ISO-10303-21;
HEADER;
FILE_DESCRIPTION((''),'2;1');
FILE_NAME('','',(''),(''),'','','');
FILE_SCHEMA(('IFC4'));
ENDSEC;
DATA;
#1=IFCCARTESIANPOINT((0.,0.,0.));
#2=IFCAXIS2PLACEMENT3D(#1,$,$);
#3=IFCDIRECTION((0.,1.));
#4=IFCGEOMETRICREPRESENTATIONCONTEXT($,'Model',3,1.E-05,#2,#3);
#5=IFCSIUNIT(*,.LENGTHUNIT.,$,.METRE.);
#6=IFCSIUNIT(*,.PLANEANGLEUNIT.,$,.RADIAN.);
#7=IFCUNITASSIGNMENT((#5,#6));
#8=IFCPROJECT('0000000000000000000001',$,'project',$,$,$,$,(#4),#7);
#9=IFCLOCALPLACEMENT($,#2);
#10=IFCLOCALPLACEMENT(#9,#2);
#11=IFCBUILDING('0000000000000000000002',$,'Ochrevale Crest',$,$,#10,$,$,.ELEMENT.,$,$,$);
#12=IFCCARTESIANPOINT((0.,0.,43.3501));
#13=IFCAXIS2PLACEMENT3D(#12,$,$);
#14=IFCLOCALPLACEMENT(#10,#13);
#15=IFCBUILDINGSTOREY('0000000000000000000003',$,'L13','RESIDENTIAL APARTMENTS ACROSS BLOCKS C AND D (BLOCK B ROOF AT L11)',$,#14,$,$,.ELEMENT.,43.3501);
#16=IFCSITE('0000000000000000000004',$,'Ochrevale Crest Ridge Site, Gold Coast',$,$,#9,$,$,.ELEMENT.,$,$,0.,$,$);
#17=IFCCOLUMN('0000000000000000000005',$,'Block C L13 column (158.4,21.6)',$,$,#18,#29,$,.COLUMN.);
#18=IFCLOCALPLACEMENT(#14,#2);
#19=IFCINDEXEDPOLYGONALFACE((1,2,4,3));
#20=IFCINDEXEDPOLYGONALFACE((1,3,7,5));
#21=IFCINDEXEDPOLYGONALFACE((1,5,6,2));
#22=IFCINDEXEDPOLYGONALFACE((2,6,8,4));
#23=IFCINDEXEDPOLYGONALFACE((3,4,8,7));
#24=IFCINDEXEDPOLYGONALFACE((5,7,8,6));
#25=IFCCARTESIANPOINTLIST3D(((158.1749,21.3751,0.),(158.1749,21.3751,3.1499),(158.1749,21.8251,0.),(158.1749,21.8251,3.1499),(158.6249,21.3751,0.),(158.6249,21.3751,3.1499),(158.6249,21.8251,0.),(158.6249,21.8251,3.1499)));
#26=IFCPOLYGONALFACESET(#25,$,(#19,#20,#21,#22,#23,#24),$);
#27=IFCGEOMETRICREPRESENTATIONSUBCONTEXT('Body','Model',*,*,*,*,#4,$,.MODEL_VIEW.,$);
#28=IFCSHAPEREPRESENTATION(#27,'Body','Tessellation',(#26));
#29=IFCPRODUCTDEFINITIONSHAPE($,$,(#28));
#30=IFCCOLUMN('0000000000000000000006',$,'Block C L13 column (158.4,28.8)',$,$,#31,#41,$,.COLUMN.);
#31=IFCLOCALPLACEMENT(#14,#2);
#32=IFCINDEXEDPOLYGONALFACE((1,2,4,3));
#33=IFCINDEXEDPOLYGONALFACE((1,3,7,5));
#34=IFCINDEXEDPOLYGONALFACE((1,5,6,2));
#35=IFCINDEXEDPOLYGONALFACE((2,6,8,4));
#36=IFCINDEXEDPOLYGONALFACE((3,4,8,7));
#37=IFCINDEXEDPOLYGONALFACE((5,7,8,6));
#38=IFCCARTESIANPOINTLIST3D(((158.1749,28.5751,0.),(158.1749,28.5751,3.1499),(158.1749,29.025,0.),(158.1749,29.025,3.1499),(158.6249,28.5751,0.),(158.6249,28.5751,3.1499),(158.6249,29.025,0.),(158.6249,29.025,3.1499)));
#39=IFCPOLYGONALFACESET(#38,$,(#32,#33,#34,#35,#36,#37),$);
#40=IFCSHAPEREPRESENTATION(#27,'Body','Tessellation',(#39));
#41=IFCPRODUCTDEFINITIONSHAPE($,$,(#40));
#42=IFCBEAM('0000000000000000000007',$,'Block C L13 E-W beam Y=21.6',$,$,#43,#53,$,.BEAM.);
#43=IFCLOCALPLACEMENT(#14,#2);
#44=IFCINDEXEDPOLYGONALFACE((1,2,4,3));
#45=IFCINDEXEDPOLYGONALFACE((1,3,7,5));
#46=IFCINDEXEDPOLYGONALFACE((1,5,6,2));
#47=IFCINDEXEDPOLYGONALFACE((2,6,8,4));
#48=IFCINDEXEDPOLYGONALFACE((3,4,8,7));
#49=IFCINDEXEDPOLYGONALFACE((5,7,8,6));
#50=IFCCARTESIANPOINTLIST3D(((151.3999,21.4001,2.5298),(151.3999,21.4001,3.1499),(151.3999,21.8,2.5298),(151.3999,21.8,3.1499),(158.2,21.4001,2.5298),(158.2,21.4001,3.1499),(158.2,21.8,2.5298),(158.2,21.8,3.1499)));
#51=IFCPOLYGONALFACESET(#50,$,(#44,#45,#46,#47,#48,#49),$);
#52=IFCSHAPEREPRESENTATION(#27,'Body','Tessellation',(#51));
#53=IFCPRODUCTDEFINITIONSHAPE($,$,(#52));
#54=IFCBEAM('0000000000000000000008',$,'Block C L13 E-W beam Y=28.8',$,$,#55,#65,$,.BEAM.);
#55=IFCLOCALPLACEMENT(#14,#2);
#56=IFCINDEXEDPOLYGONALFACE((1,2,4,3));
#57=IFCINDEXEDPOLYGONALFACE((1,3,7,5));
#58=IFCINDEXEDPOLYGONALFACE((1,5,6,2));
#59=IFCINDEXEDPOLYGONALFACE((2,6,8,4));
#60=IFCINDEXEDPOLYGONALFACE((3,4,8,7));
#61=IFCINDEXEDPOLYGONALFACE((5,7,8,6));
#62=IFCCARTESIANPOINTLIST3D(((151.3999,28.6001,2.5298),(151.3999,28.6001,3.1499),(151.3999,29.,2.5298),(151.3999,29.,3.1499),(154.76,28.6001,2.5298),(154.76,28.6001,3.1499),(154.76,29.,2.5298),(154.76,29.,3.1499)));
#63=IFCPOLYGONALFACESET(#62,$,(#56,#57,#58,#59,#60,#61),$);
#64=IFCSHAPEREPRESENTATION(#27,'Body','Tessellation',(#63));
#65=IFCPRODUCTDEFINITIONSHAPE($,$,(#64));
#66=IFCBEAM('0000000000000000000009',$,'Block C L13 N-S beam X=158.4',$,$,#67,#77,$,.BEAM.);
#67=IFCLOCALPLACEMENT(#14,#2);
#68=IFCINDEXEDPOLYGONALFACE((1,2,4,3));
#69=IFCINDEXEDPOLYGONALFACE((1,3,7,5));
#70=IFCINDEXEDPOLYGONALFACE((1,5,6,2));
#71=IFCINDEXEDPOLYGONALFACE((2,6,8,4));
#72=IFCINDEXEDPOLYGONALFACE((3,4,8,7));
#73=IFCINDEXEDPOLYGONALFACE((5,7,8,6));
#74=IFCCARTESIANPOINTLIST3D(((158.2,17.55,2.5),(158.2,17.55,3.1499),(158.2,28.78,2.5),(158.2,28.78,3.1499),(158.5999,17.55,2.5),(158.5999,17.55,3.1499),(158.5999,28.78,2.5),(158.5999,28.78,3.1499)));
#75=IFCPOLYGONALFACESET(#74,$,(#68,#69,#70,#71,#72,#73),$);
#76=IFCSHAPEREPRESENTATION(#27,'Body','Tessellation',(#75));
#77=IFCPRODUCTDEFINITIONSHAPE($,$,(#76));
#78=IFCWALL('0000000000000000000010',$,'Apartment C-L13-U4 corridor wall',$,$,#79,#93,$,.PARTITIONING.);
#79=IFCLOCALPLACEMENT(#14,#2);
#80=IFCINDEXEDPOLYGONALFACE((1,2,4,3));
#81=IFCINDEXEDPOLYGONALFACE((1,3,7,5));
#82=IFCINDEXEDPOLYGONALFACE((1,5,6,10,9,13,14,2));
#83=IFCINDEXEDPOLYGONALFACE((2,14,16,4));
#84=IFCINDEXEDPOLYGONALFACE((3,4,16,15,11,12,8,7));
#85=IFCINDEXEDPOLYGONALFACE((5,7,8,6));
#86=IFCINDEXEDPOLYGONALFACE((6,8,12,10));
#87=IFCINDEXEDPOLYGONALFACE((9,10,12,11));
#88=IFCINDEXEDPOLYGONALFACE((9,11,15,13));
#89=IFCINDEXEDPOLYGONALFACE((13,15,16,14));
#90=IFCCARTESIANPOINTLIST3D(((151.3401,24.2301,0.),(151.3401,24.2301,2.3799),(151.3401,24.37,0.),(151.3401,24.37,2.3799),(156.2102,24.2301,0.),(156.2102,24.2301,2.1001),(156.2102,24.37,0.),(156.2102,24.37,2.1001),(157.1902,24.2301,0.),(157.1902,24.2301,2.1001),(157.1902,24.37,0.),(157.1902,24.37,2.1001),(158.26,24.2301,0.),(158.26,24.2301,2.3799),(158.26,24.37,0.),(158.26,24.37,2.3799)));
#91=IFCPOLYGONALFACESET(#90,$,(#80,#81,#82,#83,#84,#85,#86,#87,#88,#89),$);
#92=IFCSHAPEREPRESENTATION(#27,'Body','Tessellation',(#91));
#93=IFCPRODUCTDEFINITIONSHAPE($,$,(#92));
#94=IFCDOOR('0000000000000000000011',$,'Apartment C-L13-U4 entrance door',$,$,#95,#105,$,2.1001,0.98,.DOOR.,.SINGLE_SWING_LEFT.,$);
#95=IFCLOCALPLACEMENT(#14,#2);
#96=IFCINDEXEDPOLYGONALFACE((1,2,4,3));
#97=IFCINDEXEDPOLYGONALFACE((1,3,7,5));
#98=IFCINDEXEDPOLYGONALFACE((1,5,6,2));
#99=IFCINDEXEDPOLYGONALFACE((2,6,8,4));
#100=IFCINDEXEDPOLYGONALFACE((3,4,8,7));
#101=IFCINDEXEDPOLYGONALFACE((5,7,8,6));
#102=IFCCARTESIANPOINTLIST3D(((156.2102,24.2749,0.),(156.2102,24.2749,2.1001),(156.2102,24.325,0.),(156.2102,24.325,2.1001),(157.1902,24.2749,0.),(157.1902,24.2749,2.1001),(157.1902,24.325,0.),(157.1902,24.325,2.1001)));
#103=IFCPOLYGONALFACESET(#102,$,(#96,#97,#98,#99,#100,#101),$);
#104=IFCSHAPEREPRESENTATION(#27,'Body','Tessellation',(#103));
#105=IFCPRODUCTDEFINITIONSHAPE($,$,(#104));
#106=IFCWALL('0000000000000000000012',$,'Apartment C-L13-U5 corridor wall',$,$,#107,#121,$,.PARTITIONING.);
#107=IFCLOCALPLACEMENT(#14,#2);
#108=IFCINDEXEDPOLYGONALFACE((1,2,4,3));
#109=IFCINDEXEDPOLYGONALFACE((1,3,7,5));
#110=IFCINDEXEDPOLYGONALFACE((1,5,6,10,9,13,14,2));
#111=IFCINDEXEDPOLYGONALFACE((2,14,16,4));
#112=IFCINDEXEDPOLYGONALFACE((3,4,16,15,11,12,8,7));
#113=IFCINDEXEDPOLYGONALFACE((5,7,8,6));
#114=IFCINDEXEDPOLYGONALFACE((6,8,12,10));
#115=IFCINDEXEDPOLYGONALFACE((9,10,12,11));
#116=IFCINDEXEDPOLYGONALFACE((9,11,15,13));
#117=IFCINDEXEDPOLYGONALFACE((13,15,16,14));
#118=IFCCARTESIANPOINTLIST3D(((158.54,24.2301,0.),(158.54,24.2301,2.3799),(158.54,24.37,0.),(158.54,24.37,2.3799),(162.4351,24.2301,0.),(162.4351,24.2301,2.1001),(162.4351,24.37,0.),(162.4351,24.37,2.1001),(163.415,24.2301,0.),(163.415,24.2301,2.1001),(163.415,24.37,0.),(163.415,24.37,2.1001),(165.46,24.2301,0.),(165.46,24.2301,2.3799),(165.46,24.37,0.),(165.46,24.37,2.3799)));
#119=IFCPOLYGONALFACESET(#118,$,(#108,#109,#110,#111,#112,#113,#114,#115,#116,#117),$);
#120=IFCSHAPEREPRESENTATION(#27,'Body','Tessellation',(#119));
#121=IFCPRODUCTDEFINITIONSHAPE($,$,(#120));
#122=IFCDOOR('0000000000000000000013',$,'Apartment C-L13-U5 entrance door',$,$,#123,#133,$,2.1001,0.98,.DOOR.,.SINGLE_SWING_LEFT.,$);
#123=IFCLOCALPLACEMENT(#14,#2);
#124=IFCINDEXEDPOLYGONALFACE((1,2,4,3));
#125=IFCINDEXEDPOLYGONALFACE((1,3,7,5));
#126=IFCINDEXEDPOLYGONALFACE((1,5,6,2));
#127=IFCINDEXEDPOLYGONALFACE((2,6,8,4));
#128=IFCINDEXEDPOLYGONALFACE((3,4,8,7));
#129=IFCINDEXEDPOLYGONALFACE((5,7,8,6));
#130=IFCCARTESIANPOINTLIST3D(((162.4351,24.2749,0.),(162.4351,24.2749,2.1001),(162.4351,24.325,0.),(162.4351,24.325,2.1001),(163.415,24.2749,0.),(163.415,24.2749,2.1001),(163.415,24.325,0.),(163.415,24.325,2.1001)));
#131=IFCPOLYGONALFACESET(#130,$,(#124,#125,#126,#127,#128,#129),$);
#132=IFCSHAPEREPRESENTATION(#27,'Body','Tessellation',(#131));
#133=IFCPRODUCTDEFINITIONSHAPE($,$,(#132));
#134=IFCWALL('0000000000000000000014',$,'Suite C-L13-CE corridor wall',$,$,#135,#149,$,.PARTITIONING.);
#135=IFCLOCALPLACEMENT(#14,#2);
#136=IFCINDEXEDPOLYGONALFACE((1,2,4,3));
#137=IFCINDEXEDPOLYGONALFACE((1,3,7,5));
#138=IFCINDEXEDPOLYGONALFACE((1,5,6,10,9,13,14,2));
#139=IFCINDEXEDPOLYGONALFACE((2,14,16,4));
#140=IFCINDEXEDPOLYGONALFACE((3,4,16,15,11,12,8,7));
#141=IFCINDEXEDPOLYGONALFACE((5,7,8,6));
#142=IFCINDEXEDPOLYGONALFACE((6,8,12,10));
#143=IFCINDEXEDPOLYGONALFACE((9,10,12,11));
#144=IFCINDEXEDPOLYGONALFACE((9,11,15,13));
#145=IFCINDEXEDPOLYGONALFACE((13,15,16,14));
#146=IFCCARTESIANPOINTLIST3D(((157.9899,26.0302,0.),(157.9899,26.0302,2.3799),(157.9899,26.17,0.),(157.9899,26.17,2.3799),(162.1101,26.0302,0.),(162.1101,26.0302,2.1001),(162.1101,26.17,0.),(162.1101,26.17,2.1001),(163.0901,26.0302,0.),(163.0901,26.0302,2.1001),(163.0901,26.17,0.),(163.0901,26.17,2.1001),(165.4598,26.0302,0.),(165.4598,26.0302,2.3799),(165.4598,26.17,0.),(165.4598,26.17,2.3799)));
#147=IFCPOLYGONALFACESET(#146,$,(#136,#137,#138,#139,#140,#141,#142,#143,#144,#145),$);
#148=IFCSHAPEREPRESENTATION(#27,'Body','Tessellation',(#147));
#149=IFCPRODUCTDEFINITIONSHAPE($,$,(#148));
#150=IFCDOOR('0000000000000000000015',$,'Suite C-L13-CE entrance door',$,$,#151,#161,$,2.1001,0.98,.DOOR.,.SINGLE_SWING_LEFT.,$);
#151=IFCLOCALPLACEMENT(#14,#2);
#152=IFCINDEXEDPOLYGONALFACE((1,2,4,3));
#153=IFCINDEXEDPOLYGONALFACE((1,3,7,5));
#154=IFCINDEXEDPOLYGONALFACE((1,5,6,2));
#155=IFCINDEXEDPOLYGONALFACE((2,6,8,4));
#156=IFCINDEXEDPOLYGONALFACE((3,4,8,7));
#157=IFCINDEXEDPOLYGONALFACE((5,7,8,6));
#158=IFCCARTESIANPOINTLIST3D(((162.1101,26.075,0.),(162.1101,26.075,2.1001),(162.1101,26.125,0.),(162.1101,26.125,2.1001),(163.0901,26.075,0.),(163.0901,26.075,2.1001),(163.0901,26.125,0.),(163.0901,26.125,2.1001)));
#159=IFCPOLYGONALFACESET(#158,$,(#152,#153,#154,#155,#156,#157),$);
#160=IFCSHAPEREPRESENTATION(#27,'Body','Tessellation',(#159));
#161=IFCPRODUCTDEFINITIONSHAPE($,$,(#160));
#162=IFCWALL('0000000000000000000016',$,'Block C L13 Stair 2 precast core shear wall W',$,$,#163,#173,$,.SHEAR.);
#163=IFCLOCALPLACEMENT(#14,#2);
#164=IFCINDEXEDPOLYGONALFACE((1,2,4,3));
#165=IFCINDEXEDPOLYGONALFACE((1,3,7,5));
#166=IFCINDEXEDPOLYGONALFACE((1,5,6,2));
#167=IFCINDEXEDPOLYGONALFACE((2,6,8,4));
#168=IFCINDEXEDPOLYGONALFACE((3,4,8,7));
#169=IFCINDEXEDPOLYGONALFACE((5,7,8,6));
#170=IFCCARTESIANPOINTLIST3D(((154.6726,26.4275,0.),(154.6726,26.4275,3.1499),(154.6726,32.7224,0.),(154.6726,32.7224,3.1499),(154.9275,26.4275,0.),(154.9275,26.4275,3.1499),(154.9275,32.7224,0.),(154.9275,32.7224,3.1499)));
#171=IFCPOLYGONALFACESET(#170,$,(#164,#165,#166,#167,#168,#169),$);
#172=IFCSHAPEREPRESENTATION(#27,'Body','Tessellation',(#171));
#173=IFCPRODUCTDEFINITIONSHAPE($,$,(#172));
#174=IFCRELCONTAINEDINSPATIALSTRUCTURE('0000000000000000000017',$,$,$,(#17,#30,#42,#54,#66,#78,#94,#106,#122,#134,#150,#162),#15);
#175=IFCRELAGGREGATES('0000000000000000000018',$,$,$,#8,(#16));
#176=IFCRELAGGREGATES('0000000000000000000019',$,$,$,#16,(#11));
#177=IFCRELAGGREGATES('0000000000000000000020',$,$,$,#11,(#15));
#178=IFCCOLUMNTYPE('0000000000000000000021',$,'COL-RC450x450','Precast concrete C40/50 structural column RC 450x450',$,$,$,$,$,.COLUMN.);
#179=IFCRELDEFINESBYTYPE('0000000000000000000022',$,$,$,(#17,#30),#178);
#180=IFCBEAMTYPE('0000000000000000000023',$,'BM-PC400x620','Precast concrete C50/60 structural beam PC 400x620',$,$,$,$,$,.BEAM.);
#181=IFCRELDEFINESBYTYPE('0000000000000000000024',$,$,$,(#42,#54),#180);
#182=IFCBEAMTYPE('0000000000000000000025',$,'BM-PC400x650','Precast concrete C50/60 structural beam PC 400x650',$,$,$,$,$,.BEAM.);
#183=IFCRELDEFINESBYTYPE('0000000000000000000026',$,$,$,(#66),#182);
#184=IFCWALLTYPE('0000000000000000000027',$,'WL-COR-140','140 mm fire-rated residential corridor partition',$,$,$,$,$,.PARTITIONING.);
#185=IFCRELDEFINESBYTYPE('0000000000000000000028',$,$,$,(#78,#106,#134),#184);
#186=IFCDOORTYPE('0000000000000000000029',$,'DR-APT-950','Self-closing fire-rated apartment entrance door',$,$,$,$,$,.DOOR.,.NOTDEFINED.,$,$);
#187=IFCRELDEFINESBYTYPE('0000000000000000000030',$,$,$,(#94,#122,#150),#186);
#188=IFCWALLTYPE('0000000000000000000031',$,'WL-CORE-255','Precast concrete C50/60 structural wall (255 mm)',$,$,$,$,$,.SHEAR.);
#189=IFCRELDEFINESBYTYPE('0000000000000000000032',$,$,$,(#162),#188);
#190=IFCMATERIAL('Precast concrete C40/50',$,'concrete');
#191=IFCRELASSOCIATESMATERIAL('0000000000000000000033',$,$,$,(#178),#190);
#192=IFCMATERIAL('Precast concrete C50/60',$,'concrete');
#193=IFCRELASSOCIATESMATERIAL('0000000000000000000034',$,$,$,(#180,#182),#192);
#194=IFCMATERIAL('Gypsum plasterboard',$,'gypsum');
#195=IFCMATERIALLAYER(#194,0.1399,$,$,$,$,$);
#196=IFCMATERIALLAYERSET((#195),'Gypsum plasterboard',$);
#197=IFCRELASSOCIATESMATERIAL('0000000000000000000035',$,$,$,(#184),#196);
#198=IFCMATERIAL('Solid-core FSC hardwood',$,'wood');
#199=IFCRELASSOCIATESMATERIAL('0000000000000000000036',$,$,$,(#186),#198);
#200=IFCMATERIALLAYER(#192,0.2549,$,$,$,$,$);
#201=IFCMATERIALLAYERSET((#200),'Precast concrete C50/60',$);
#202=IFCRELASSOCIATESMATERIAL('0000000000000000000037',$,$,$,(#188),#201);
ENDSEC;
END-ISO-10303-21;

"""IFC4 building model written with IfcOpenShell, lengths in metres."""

from ifc_helpers import new_model, si_unit, direction, frame, frame_2d, origin, origin_2d, place, context, subcontext, project, spatial, rectangle, extrude, material, layer, layer_set, material_profile, profile_set, type_object, element, fill, save


model = new_model("IFC4")

# Units and contexts
model_context = context("Model", 3, precision=1e-05, world=origin(), true_north=direction((0.0, 1.0)))
body_context = subcontext(model_context, "Body", "Model", "MODEL_VIEW")
ifc_project = project(units=[si_unit("LENGTHUNIT", "METRE"), si_unit("PLANEANGLEUNIT", "RADIAN")], contexts=[model_context])

# Site, building, storey
site_placement = place(None, origin())
site = spatial("IfcSite", under=ifc_project, at=site_placement, Name="Ochrevale Crest Ridge Site, Gold Coast", CompositionType="ELEMENT", RefElevation=0.0)
building_placement = place(site_placement, origin())
building = spatial("IfcBuilding", under=site, at=building_placement, Name="Ochrevale Crest", CompositionType="ELEMENT")
storey_placement = place(building_placement, frame((0.0, 0.0, 43.3501)))
storey = spatial("IfcBuildingStorey", under=building, at=storey_placement, Name="L13", Description="RESIDENTIAL APARTMENTS ACROSS BLOCKS C AND D (BLOCK B ROOF AT L11)", CompositionType="ELEMENT", Elevation=43.3501)

# Columns
ifc_material_1 = material(Name="Precast concrete C40/50", Category="concrete")
ifc_material_profile_1 = material_profile(ifc_material_1, rectangle(XDim=0.45, YDim=0.45, at=origin_2d()), Name="RC 450x450")
ifc_profile_set_1 = profile_set([ifc_material_profile_1], Name="Precast concrete C40/50")
column_type = type_object("IfcColumnType", Name="COL-RC450x450", Description="Precast concrete C40/50 structural column RC 450x450", PredefinedType="COLUMN", material=ifc_profile_set_1)
for number, where, z_axis, x_axis, name in (
    (1, (158.3999, 21.6001, 0.0), (0.0, 0.0, 1.0), (1.0, 0.0, 0.0), "Block C L13 column (158.4,21.6)"),
    (2, (158.3999, 28.8, 0.0), (0.0, 0.0, 1.0), (1.0, 0.0, 0.0), "Block C L13 column (158.4,28.8)"),
):
    element("IfcColumn", number, at=place(storey_placement, frame(where, z_axis=z_axis, x_axis=x_axis)), inside=storey, type_object=column_type, Name=name, PredefinedType="COLUMN", context=body_context, shape_type="SweptSolid", body=[
        extrude(rectangle(XDim=0.45, YDim=0.45, at=origin_2d()), origin(), (0.0, 0.0, 1.0), 3.1499),
    ])

# Beams
ifc_material_2 = material(Name="Precast concrete C50/60", Category="concrete")
ifc_material_profile_2 = material_profile(ifc_material_2, rectangle(XDim=0.3999, YDim=0.6201, at=origin_2d()), Name="PC 400x620")
ifc_profile_set_2 = profile_set([ifc_material_profile_2], Name="Precast concrete C50/60")
beam_type_1 = type_object("IfcBeamType", Name="BM-PC400x620", Description="Precast concrete C50/60 structural beam PC 400x620", PredefinedType="BEAM", material=ifc_profile_set_2)
beam_1_placement = place(storey_placement, frame((151.3999, 21.6001, 2.8398), z_axis=(1.0, 0.0, 0.0), x_axis=(0.0, 1.0, 0.0)))
element("IfcBeam", 3, at=beam_1_placement, inside=storey, type_object=beam_type_1, Name="Block C L13 E-W beam Y=21.6", PredefinedType="BEAM", context=body_context, shape_type="SweptSolid", body=[
    extrude(rectangle(XDim=0.3999, YDim=0.6201, at=origin_2d()), origin(), (0.0, 0.0, 1.0), 6.8),
])
beam_2_placement = place(storey_placement, frame((151.3999, 28.8, 2.8398), z_axis=(1.0, 0.0, 0.0), x_axis=(0.0, 1.0, 0.0)))
element("IfcBeam", 4, at=beam_2_placement, inside=storey, type_object=beam_type_1, Name="Block C L13 E-W beam Y=28.8", PredefinedType="BEAM", context=body_context, shape_type="SweptSolid", body=[
    extrude(rectangle(XDim=0.3999, YDim=0.6201, at=origin_2d()), origin(), (0.0, 0.0, 1.0), 3.3601),
])
ifc_material_profile_3 = material_profile(ifc_material_2, rectangle(XDim=0.3999, YDim=0.6499, at=origin_2d()), Name="PC 400x650")
ifc_profile_set_3 = profile_set([ifc_material_profile_3], Name="Precast concrete C50/60")
beam_type_2 = type_object("IfcBeamType", Name="BM-PC400x650", Description="Precast concrete C50/60 structural beam PC 400x650", PredefinedType="BEAM", material=ifc_profile_set_3)
beam_3_placement = place(storey_placement, frame((158.3999, 17.55, 2.825), z_axis=(0.0, 1.0, 0.0), x_axis=(-1.0, 0.0, 0.0)))
element("IfcBeam", 5, at=beam_3_placement, inside=storey, type_object=beam_type_2, Name="Block C L13 N-S beam X=158.4", PredefinedType="BEAM", context=body_context, shape_type="SweptSolid", body=[
    extrude(rectangle(XDim=0.3999, YDim=0.6499, at=origin_2d()), origin(), (0.0, 0.0, 1.0), 11.23),
])

# Walls, openings, doors
ifc_material_3 = material(Name="Gypsum plasterboard", Category="gypsum")
ifc_layer_1 = layer(ifc_material_3, 0.1399)
ifc_layer_set_1 = layer_set([ifc_layer_1], Name="Gypsum plasterboard")
wall_type_1 = type_object("IfcWallType", Name="WL-COR-140", Description="140 mm fire-rated residential corridor partition", PredefinedType="PARTITIONING", material=ifc_layer_set_1)
wall_1_placement = place(storey_placement, frame((151.3401, 24.3, 0.0), z_axis=(0.0, 0.0, 1.0), x_axis=(1.0, 0.0, 0.0)))
wall_1 = element("IfcWall", 6, at=wall_1_placement, inside=storey, type_object=wall_type_1, Name="Apartment C-L13-U4 corridor wall", PredefinedType="PARTITIONING", context=body_context, shape_type="SweptSolid", body=[
    extrude(rectangle(XDim=6.9199, YDim=0.1399, at=frame_2d((3.46, 0.0))), origin(), (0.0, 0.0, 1.0), 2.3799),
])
opening_1_placement = place(wall_1_placement, frame((4.8701, 0.0, 0.0)))
opening_1 = element("IfcOpeningElement", 7, at=opening_1_placement, cuts=wall_1, PredefinedType="OPENING", context=body_context, shape_type="SweptSolid", body=[
    extrude(rectangle(XDim=0.98, YDim=2.1001, at=frame_2d((0.49, 1.05))), frame((0.0, 0.0801, 0.0), z_axis=(0.0, -1.0, 0.0), x_axis=(1.0, 0.0, 0.0)), (0.0, 0.0, 1.0), 0.1599),
])
ifc_material_4 = material(Name="Solid-core FSC hardwood", Category="wood")
door_type_1 = type_object("IfcDoorType", Name="DR-APT-950", Description="Self-closing fire-rated apartment entrance door", OperationType="NOTDEFINED", PredefinedType="DOOR", material=ifc_material_4)
door_1_placement = place(opening_1_placement, origin())
door_1 = element("IfcDoor", 8, at=door_1_placement, inside=storey, type_object=door_type_1, Name="Apartment C-L13-U4 entrance door", OperationType="SINGLE_SWING_LEFT", OverallHeight=2.1001, OverallWidth=0.98, PredefinedType="DOOR", context=body_context, shape_type="SweptSolid", body=[
    extrude(rectangle(XDim=0.98, YDim=2.1001, at=frame_2d((0.49, 1.05))), frame((0.0, 0.0249, 0.0), z_axis=(0.0, -1.0, 0.0), x_axis=(1.0, 0.0, 0.0)), (0.0, 0.0, 1.0), 0.05),
])
fill(opening_1, door_1)
wall_2_placement = place(storey_placement, frame((158.54, 24.3, 0.0), z_axis=(0.0, 0.0, 1.0), x_axis=(1.0, 0.0, 0.0)))
wall_2 = element("IfcWall", 9, at=wall_2_placement, inside=storey, type_object=wall_type_1, Name="Apartment C-L13-U5 corridor wall", PredefinedType="PARTITIONING", context=body_context, shape_type="SweptSolid", body=[
    extrude(rectangle(XDim=6.9199, YDim=0.1399, at=frame_2d((3.46, 0.0))), origin(), (0.0, 0.0, 1.0), 2.3799),
])
opening_2_placement = place(wall_2_placement, frame((3.895, 0.0, 0.0)))
opening_2 = element("IfcOpeningElement", 10, at=opening_2_placement, cuts=wall_2, PredefinedType="OPENING", context=body_context, shape_type="SweptSolid", body=[
    extrude(rectangle(XDim=0.98, YDim=2.1001, at=frame_2d((0.49, 1.05))), frame((0.0, 0.0801, 0.0), z_axis=(0.0, -1.0, 0.0), x_axis=(1.0, 0.0, 0.0)), (0.0, 0.0, 1.0), 0.1599),
])
door_2_placement = place(opening_2_placement, origin())
door_2 = element("IfcDoor", 11, at=door_2_placement, inside=storey, type_object=door_type_1, Name="Apartment C-L13-U5 entrance door", OperationType="SINGLE_SWING_LEFT", OverallHeight=2.1001, OverallWidth=0.98, PredefinedType="DOOR", context=body_context, shape_type="SweptSolid", body=[
    extrude(rectangle(XDim=0.98, YDim=2.1001, at=frame_2d((0.49, 1.05))), frame((0.0, 0.0249, 0.0), z_axis=(0.0, -1.0, 0.0), x_axis=(1.0, 0.0, 0.0)), (0.0, 0.0, 1.0), 0.05),
])
fill(opening_2, door_2)
wall_3_placement = place(storey_placement, frame((157.99, 26.1001, 0.0), z_axis=(0.0, 0.0, 1.0), x_axis=(1.0, 0.0, 0.0)))
wall_3 = element("IfcWall", 12, at=wall_3_placement, inside=storey, type_object=wall_type_1, Name="Suite C-L13-CE corridor wall", PredefinedType="PARTITIONING", context=body_context, shape_type="SweptSolid", body=[
    extrude(rectangle(XDim=7.47, YDim=0.1399, at=frame_2d((3.7349, 0.0))), origin(), (0.0, 0.0, 1.0), 2.3799),
])
opening_3_placement = place(wall_3_placement, frame((4.1201, 0.0, 0.0)))
opening_3 = element("IfcOpeningElement", 13, at=opening_3_placement, cuts=wall_3, PredefinedType="OPENING", context=body_context, shape_type="SweptSolid", body=[
    extrude(rectangle(XDim=0.98, YDim=2.1001, at=frame_2d((0.49, 1.05))), frame((0.0, 0.0801, 0.0), z_axis=(0.0, -1.0, 0.0), x_axis=(1.0, 0.0, 0.0)), (0.0, 0.0, 1.0), 0.1599),
])
door_3_placement = place(opening_3_placement, origin())
door_3 = element("IfcDoor", 14, at=door_3_placement, inside=storey, type_object=door_type_1, Name="Suite C-L13-CE entrance door", OperationType="SINGLE_SWING_LEFT", OverallHeight=2.1001, OverallWidth=0.98, PredefinedType="DOOR", context=body_context, shape_type="SweptSolid", body=[
    extrude(rectangle(XDim=0.98, YDim=2.1001, at=frame_2d((0.49, 1.05))), frame((0.0, 0.0249, 0.0), z_axis=(0.0, -1.0, 0.0), x_axis=(1.0, 0.0, 0.0)), (0.0, 0.0, 1.0), 0.05),
])
fill(opening_3, door_3)
ifc_layer_2 = layer(ifc_material_2, 0.2549)
ifc_layer_set_2 = layer_set([ifc_layer_2], Name="Precast concrete C50/60")
wall_type_2 = type_object("IfcWallType", Name="WL-CORE-255", Description="Precast concrete C50/60 structural wall (255 mm)", PredefinedType="SHEAR", material=ifc_layer_set_2)

# Wall
for number, where, z_axis, x_axis, name in (
    (15, (154.8, 26.4275, 0.0), (0.0, 0.0, 1.0), (0.0, 1.0, 0.0), "Block C L13 Stair 2 precast core shear wall W"),
):
    element("IfcWall", number, at=place(storey_placement, frame(where, z_axis=z_axis, x_axis=x_axis)), inside=storey, type_object=wall_type_2, Name=name, PredefinedType="SHEAR", context=body_context, shape_type="SweptSolid", body=[
        extrude(rectangle(XDim=6.2949, YDim=0.2549, at=frame_2d((3.1475, 0.0))), origin(), (0.0, 0.0, 1.0), 3.1499),
    ])

save(model, "model.ifc")
